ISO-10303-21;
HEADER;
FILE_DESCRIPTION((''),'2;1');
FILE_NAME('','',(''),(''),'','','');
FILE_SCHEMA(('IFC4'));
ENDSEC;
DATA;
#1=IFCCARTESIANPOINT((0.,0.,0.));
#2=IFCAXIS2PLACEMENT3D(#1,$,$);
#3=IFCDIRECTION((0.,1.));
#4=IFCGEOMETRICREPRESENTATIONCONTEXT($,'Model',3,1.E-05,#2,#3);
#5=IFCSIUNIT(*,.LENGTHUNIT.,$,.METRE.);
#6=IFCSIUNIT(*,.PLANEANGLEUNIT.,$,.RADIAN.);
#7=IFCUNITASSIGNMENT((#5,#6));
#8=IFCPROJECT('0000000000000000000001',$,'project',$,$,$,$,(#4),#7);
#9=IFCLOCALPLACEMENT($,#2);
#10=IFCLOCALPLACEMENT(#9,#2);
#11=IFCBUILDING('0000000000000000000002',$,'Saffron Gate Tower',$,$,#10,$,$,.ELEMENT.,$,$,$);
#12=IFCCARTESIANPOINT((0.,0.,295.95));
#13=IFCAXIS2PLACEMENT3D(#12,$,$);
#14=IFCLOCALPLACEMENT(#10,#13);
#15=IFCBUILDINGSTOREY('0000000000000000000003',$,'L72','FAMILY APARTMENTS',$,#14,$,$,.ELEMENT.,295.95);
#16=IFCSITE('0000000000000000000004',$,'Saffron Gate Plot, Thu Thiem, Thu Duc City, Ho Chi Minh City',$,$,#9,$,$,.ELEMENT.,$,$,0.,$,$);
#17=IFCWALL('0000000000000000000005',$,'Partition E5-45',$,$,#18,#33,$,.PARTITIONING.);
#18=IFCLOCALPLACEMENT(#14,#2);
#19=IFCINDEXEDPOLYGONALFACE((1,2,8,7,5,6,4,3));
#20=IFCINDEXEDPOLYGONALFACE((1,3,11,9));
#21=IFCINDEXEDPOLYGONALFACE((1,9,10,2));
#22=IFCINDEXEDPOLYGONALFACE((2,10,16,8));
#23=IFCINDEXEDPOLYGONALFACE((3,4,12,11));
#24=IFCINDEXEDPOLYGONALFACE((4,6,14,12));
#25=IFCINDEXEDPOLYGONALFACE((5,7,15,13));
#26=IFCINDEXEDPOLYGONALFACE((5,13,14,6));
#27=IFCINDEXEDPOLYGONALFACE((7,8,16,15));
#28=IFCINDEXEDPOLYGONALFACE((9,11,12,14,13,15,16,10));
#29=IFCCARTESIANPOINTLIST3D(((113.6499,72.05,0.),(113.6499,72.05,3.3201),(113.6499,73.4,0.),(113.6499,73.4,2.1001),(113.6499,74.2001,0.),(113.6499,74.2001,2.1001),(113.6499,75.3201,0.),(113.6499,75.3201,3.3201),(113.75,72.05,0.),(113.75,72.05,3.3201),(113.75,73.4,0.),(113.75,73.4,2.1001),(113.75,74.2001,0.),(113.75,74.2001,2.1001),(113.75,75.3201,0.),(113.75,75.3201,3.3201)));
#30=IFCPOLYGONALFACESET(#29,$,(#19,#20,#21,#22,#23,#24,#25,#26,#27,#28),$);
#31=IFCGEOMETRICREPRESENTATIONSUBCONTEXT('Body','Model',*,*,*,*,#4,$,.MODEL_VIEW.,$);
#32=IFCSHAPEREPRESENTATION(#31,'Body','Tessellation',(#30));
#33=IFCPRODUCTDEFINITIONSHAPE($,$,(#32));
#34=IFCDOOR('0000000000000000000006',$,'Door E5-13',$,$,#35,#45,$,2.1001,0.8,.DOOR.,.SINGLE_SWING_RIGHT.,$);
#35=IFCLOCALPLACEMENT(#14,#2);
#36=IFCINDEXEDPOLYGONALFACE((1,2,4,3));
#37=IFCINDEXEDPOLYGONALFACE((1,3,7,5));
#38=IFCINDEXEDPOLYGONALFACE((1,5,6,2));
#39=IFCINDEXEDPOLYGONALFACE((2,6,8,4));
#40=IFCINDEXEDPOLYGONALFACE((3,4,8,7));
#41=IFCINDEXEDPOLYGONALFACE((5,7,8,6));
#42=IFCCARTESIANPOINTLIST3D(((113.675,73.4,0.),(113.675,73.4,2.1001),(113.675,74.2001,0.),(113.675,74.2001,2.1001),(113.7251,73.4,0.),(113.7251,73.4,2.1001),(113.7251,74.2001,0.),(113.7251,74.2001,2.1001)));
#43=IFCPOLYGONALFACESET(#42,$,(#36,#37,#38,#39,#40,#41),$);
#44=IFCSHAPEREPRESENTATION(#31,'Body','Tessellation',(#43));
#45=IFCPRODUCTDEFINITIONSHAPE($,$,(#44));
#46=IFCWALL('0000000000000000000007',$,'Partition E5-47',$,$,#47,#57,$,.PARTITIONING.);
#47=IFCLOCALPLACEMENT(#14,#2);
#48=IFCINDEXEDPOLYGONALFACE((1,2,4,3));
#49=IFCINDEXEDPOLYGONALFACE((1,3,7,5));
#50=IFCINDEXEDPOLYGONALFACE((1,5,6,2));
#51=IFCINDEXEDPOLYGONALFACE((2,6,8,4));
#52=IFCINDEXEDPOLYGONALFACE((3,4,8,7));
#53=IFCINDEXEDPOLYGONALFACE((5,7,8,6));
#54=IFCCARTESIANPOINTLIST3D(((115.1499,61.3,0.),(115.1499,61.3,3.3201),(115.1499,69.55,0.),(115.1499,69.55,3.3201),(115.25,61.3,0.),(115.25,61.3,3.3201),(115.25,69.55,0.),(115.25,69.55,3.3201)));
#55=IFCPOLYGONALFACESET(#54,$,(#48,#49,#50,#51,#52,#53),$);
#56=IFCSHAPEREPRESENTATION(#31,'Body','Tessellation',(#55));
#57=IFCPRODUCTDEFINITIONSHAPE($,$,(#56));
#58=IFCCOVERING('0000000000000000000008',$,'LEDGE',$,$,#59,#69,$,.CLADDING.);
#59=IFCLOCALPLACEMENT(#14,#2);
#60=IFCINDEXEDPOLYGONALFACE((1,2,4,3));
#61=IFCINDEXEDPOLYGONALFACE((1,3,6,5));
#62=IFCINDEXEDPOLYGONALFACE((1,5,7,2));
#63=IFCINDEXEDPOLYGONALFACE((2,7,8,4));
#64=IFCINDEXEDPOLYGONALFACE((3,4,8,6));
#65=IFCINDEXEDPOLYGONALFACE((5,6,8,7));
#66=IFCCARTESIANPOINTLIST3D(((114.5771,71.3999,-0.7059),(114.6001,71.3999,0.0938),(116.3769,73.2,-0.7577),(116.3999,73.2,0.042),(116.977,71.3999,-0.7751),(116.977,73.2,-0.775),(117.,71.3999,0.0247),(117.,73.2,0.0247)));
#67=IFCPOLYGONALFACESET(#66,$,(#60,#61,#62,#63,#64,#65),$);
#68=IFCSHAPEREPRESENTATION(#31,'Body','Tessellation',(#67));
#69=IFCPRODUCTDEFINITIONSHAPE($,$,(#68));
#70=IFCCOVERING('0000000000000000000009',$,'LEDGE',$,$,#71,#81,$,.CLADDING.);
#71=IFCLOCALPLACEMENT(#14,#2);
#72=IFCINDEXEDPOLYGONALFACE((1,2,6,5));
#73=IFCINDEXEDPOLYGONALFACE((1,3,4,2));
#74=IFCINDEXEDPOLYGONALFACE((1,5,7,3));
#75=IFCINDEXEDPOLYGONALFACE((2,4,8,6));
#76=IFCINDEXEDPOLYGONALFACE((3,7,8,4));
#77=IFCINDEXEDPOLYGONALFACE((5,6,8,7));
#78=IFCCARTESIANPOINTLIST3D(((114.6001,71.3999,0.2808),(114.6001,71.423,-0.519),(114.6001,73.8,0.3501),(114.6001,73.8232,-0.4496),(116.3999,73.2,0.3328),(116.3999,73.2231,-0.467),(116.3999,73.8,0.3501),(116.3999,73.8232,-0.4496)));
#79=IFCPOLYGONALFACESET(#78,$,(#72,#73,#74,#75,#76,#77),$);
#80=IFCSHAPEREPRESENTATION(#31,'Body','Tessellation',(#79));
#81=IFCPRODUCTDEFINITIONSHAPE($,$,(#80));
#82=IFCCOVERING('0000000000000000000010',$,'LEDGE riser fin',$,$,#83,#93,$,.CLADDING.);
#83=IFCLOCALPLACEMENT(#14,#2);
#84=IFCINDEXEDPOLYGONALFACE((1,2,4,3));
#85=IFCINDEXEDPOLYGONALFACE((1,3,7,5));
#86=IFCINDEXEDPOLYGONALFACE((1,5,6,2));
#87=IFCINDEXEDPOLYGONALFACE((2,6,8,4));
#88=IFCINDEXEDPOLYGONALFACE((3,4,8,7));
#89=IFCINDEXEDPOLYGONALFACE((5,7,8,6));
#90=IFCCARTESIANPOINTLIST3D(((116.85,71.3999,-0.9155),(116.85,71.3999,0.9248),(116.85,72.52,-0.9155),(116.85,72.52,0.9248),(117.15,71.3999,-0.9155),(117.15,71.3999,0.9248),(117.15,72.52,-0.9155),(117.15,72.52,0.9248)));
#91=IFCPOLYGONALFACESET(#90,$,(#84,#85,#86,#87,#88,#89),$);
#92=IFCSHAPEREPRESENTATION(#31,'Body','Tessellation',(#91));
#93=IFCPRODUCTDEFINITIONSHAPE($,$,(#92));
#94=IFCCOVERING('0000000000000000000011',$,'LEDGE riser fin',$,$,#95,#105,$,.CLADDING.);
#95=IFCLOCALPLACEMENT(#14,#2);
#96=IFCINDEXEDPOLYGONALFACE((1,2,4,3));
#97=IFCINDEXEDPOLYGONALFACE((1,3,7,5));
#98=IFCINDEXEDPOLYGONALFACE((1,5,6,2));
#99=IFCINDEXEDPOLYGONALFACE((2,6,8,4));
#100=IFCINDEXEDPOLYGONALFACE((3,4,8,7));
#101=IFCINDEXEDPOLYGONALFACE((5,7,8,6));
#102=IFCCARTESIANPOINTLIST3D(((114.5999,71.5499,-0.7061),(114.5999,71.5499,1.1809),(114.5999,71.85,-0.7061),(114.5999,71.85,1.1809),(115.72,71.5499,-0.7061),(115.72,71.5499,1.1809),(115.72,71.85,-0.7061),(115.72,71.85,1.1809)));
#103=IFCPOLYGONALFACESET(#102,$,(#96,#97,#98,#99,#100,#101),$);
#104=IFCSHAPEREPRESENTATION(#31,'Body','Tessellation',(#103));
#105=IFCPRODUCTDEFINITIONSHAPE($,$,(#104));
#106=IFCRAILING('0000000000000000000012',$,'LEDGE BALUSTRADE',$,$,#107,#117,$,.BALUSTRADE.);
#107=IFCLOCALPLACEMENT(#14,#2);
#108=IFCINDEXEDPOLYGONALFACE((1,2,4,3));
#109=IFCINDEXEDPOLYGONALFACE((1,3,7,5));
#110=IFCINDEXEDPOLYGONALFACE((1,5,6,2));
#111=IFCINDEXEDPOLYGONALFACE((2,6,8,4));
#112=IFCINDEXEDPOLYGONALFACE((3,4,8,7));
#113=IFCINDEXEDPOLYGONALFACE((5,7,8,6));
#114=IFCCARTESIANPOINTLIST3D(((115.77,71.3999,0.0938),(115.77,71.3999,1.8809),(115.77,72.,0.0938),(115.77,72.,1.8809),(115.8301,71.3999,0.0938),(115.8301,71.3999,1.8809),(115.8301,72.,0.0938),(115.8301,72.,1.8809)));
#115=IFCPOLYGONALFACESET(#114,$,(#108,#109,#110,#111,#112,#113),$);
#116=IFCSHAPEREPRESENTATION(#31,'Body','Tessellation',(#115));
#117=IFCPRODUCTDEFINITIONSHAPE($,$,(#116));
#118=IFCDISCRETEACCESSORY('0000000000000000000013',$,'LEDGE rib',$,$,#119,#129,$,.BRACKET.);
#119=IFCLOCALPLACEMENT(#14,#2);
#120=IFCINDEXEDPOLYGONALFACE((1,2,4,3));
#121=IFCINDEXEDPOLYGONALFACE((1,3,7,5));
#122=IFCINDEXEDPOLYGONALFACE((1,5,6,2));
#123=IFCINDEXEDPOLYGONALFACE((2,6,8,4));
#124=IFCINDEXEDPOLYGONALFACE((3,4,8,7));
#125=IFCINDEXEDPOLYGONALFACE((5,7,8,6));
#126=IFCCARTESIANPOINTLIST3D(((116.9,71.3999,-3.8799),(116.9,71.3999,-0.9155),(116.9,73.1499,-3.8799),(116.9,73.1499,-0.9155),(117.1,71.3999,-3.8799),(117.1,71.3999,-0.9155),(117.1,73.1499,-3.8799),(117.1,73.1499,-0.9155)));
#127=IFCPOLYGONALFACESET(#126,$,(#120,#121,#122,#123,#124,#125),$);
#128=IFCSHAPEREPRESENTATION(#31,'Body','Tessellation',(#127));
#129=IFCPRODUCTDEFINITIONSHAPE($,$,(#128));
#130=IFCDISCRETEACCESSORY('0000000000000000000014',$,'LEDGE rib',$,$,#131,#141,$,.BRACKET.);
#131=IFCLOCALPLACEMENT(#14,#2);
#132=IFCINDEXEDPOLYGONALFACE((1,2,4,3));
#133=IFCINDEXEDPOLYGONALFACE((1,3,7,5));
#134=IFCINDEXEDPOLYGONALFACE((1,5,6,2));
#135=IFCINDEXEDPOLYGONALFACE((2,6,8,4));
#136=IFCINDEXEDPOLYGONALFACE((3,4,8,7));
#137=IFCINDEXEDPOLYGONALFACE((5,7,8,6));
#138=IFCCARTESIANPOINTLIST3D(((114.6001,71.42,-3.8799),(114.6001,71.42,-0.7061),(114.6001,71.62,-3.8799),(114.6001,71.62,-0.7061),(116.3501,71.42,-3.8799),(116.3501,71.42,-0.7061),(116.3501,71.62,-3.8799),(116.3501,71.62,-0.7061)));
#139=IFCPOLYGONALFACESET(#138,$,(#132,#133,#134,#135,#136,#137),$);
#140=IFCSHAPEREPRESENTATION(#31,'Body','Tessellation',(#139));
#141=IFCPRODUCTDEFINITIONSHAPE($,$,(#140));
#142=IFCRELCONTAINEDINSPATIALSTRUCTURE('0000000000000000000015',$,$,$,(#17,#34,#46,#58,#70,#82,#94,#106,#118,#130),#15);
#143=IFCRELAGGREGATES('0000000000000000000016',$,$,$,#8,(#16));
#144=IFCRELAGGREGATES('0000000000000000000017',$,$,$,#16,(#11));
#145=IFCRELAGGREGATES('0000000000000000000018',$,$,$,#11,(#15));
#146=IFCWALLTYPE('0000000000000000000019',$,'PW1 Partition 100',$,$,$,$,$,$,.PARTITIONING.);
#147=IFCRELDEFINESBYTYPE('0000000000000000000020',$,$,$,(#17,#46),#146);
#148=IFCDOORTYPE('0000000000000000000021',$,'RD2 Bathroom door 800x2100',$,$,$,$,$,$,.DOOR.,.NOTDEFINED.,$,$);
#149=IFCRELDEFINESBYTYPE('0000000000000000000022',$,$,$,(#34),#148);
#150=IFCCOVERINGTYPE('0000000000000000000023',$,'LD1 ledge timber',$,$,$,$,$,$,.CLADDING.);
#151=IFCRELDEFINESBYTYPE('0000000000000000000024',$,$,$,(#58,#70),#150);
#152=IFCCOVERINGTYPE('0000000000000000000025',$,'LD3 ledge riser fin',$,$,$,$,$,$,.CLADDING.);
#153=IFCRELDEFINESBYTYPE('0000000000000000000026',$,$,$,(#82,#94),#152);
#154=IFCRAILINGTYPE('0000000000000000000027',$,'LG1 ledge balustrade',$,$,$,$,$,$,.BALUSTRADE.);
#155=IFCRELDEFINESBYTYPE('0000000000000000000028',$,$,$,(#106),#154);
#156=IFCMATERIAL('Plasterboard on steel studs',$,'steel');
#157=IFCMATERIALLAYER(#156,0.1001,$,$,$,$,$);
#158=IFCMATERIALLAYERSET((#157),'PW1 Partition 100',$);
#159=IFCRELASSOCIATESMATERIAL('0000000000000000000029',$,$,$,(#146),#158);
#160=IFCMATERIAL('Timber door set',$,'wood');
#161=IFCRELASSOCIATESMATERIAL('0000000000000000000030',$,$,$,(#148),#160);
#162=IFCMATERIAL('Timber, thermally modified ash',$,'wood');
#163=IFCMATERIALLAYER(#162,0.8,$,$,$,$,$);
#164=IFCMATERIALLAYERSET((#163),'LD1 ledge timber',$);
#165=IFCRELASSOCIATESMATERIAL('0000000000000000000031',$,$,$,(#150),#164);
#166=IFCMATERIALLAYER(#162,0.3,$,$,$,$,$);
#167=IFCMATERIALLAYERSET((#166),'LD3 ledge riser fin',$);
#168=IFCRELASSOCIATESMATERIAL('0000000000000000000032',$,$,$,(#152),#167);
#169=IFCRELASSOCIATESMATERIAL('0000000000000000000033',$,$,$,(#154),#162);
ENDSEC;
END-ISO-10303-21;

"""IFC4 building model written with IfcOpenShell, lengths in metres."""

from ifc_helpers import new_model, si_unit, direction, frame, frame_2d, origin, origin_2d, place, context, subcontext, project, spatial, polyline, rectangle, outline, extrude, material, layer, layer_set, type_object, element, fill, save


model = new_model("IFC4")

# Units and contexts
model_context = context("Model", 3, precision=1e-05, world=origin(), true_north=direction((0.0, 1.0)))
body_context = subcontext(model_context, "Body", "Model", "MODEL_VIEW")
ifc_project = project(units=[si_unit("LENGTHUNIT", "METRE"), si_unit("PLANEANGLEUNIT", "RADIAN")], contexts=[model_context])

# Site, building, storey
site_placement = place(None, origin())
site = spatial("IfcSite", under=ifc_project, at=site_placement, Name="Saffron Gate Plot, Thu Thiem, Thu Duc City, Ho Chi Minh City", CompositionType="ELEMENT", RefElevation=0.0)
building_placement = place(site_placement, origin())
building = spatial("IfcBuilding", under=site, at=building_placement, Name="Saffron Gate Tower", CompositionType="ELEMENT")
storey_placement = place(building_placement, frame((0.0, 0.0, 295.95)))
storey = spatial("IfcBuildingStorey", under=building, at=storey_placement, Name="L72", Description="FAMILY APARTMENTS", CompositionType="ELEMENT", Elevation=295.95)

# Shared definitions
ifc_material_1 = material(Name="Plasterboard on steel studs", Category="steel")
ifc_layer_1 = layer(ifc_material_1, 0.1001)
ifc_layer_set_1 = layer_set([ifc_layer_1], Name="PW1 Partition 100")
wall_type = type_object("IfcWallType", Name="PW1 Partition 100", PredefinedType="PARTITIONING", material=ifc_layer_set_1)
ifc_material_2 = material(Name="Timber door set", Category="wood")

# Wall, opening, door
wall_1_placement = place(storey_placement, frame((113.7, 72.05, 0.0), z_axis=(0.0, 0.0, 1.0), x_axis=(0.0, 1.0, 0.0)))
wall_1 = element("IfcWall", 1, at=wall_1_placement, inside=storey, type_object=wall_type, Name="Partition E5-45", PredefinedType="PARTITIONING", context=body_context, shape_type="SweptSolid", body=[
    extrude(rectangle(XDim=3.27, YDim=0.1001, at=frame_2d((1.635, 0.0))), origin(), (0.0, 0.0, 1.0), 3.3201),
])
opening_1_placement = place(wall_1_placement, frame((1.3501, 0.0, 0.0)))
opening_1 = element("IfcOpeningElement", 2, at=opening_1_placement, cuts=wall_1, PredefinedType="OPENING", context=body_context, shape_type="SweptSolid", body=[
    extrude(rectangle(XDim=0.8, YDim=2.1001, at=frame_2d((0.3999, 1.05))), frame((0.0, 0.0601, 0.0), z_axis=(0.0, -1.0, 0.0), x_axis=(1.0, 0.0, 0.0)), (0.0, 0.0, 1.0), 0.1201),
])
door_type_1 = type_object("IfcDoorType", Name="RD2 Bathroom door 800x2100", OperationType="NOTDEFINED", PredefinedType="DOOR", material=ifc_material_2)
door_1_placement = place(opening_1_placement, origin())
door_1 = element("IfcDoor", 3, at=door_1_placement, inside=storey, type_object=door_type_1, Name="Door E5-13", OperationType="SINGLE_SWING_RIGHT", OverallHeight=2.1001, OverallWidth=0.8, PredefinedType="DOOR", context=body_context, shape_type="SweptSolid", body=[
    extrude(rectangle(XDim=0.8, YDim=2.1001, at=frame_2d((0.3999, 1.05))), frame((0.0, 0.0249, 0.0), z_axis=(0.0, -1.0, 0.0), x_axis=(1.0, 0.0, 0.0)), (0.0, 0.0, 1.0), 0.05),
])
fill(opening_1, door_1)

# Wall
wall_2_placement = place(storey_placement, frame((115.2, 69.55, 0.0), z_axis=(0.0, 0.0, 1.0), x_axis=(0.0, -1.0, 0.0)))
element("IfcWall", 4, at=wall_2_placement, inside=storey, type_object=wall_type, Name="Partition E5-47", PredefinedType="PARTITIONING", context=body_context, shape_type="SweptSolid", body=[
    extrude(rectangle(XDim=8.25, YDim=0.1001, at=frame_2d((4.125, 0.0))), origin(), (0.0, 0.0, 1.0), 3.3201),
])

# Coverings
ifc_material_3 = material(Name="Timber, thermally modified ash", Category="wood")
ifc_layer_2 = layer(ifc_material_3, 0.8)
ifc_layer_set_2 = layer_set([ifc_layer_2], Name="LD1 ledge timber")
covering_type_1 = type_object("IfcCoveringType", Name="LD1 ledge timber", PredefinedType="CLADDING", material=ifc_layer_set_2)
covering_1_placement = place(storey_placement, frame((117.0, 71.3999, 0.0247), z_axis=(0.028797, -0.000026, 0.999585), x_axis=(-0.999585, 0.0, 0.028797)))
element("IfcCovering", 5, at=covering_1_placement, inside=storey, type_object=covering_type_1, Name="LEDGE", PredefinedType="CLADDING", context=body_context, shape_type="SweptSolid", body=[
    extrude(outline(polyline([(0.0, 0.0), (2.4009, 0.0), (0.6003, -1.8), (0.0, -1.8), (0.0, 0.0)])), origin(), (0.0, 0.0, -1.0), 0.8),
])
covering_2_placement = place(storey_placement, frame((114.6001, 71.3999, 0.2808), z_axis=(-0.000001, -0.028876, 0.999583), x_axis=(0.0, 0.999583, 0.028876)))
element("IfcCovering", 6, at=covering_2_placement, inside=storey, type_object=covering_type_1, Name="LEDGE", PredefinedType="CLADDING", context=body_context, shape_type="SweptSolid", body=[
    extrude(outline(polyline([(0.0, 0.0), (2.4011, 0.0), (2.4011, -1.7998), (1.8008, -1.7998), (0.0, 0.0)])), origin(), (0.0, 0.0, -1.0), 0.8),
])
ifc_layer_3 = layer(ifc_material_3, 0.3)
ifc_layer_set_3 = layer_set([ifc_layer_3], Name="LD3 ledge riser fin")
covering_type_2 = type_object("IfcCoveringType", Name="LD3 ledge riser fin", PredefinedType="CLADDING", material=ifc_layer_set_3)
covering_3_placement = place(storey_placement, frame((117.0, 71.96, -0.9155), z_axis=(0.0, 0.0, 1.0), x_axis=(-1.0, 0.0, 0.0)))
element("IfcCovering", 7, at=covering_3_placement, inside=storey, type_object=covering_type_2, Name="LEDGE riser fin", PredefinedType="CLADDING", context=body_context, shape_type="SweptSolid", body=[
    extrude(rectangle(XDim=0.3, YDim=1.1201, at=origin_2d()), origin(), (0.0, 0.0, 1.0), 1.8403),
])
covering_4_placement = place(storey_placement, frame((115.1599, 71.7, -0.7061), z_axis=(0.0, 0.0, 1.0), x_axis=(0.0, 1.0, 0.0)))
element("IfcCovering", 8, at=covering_4_placement, inside=storey, type_object=covering_type_2, Name="LEDGE riser fin", PredefinedType="CLADDING", context=body_context, shape_type="SweptSolid", body=[
    extrude(rectangle(XDim=0.3, YDim=1.1201, at=origin_2d()), origin(), (0.0, 0.0, 1.0), 1.887),
])

# Railing
railing_type = type_object("IfcRailingType", Name="LG1 ledge balustrade", PredefinedType="BALUSTRADE", material=ifc_material_3)
railing_placement = place(storey_placement, frame((115.8, 71.3999, 0.0938)))
element("IfcRailing", 9, at=railing_placement, inside=storey, type_object=railing_type, Name="LEDGE BALUSTRADE", PredefinedType="BALUSTRADE", context=body_context, shape_type="SweptSolid", body=[
    extrude(rectangle(XDim=0.0601, YDim=1.7871, at=origin_2d()), frame((0.0, 0.0, 0.8936), z_axis=(0.0, 1.0, 0.0), x_axis=(-1.0, 0.0, 0.0)), (0.0, 0.0, 1.0), 0.6001),
])

# Discrete accessories
discrete_accessory_1_placement = place(storey_placement, frame((117.0, 72.2749, -3.8799), z_axis=(0.0, 0.0, 1.0), x_axis=(-1.0, 0.0, 0.0)))
element("IfcDiscreteAccessory", 10, at=discrete_accessory_1_placement, inside=storey, Name="LEDGE rib", PredefinedType="BRACKET", context=body_context, shape_type="SweptSolid", body=[
    extrude(rectangle(XDim=0.2, YDim=1.75, at=origin_2d()), origin(), (0.0, 0.0, 1.0), 2.9644),
])
discrete_accessory_2_placement = place(storey_placement, frame((115.4751, 71.52, -3.8799), z_axis=(0.0, 0.0, 1.0), x_axis=(0.0, 1.0, 0.0)))
element("IfcDiscreteAccessory", 11, at=discrete_accessory_2_placement, inside=storey, Name="LEDGE rib", PredefinedType="BRACKET", context=body_context, shape_type="SweptSolid", body=[
    extrude(rectangle(XDim=0.2, YDim=1.75, at=origin_2d()), origin(), (0.0, 0.0, 1.0), 3.1738),
])

save(model, "model.ifc")
